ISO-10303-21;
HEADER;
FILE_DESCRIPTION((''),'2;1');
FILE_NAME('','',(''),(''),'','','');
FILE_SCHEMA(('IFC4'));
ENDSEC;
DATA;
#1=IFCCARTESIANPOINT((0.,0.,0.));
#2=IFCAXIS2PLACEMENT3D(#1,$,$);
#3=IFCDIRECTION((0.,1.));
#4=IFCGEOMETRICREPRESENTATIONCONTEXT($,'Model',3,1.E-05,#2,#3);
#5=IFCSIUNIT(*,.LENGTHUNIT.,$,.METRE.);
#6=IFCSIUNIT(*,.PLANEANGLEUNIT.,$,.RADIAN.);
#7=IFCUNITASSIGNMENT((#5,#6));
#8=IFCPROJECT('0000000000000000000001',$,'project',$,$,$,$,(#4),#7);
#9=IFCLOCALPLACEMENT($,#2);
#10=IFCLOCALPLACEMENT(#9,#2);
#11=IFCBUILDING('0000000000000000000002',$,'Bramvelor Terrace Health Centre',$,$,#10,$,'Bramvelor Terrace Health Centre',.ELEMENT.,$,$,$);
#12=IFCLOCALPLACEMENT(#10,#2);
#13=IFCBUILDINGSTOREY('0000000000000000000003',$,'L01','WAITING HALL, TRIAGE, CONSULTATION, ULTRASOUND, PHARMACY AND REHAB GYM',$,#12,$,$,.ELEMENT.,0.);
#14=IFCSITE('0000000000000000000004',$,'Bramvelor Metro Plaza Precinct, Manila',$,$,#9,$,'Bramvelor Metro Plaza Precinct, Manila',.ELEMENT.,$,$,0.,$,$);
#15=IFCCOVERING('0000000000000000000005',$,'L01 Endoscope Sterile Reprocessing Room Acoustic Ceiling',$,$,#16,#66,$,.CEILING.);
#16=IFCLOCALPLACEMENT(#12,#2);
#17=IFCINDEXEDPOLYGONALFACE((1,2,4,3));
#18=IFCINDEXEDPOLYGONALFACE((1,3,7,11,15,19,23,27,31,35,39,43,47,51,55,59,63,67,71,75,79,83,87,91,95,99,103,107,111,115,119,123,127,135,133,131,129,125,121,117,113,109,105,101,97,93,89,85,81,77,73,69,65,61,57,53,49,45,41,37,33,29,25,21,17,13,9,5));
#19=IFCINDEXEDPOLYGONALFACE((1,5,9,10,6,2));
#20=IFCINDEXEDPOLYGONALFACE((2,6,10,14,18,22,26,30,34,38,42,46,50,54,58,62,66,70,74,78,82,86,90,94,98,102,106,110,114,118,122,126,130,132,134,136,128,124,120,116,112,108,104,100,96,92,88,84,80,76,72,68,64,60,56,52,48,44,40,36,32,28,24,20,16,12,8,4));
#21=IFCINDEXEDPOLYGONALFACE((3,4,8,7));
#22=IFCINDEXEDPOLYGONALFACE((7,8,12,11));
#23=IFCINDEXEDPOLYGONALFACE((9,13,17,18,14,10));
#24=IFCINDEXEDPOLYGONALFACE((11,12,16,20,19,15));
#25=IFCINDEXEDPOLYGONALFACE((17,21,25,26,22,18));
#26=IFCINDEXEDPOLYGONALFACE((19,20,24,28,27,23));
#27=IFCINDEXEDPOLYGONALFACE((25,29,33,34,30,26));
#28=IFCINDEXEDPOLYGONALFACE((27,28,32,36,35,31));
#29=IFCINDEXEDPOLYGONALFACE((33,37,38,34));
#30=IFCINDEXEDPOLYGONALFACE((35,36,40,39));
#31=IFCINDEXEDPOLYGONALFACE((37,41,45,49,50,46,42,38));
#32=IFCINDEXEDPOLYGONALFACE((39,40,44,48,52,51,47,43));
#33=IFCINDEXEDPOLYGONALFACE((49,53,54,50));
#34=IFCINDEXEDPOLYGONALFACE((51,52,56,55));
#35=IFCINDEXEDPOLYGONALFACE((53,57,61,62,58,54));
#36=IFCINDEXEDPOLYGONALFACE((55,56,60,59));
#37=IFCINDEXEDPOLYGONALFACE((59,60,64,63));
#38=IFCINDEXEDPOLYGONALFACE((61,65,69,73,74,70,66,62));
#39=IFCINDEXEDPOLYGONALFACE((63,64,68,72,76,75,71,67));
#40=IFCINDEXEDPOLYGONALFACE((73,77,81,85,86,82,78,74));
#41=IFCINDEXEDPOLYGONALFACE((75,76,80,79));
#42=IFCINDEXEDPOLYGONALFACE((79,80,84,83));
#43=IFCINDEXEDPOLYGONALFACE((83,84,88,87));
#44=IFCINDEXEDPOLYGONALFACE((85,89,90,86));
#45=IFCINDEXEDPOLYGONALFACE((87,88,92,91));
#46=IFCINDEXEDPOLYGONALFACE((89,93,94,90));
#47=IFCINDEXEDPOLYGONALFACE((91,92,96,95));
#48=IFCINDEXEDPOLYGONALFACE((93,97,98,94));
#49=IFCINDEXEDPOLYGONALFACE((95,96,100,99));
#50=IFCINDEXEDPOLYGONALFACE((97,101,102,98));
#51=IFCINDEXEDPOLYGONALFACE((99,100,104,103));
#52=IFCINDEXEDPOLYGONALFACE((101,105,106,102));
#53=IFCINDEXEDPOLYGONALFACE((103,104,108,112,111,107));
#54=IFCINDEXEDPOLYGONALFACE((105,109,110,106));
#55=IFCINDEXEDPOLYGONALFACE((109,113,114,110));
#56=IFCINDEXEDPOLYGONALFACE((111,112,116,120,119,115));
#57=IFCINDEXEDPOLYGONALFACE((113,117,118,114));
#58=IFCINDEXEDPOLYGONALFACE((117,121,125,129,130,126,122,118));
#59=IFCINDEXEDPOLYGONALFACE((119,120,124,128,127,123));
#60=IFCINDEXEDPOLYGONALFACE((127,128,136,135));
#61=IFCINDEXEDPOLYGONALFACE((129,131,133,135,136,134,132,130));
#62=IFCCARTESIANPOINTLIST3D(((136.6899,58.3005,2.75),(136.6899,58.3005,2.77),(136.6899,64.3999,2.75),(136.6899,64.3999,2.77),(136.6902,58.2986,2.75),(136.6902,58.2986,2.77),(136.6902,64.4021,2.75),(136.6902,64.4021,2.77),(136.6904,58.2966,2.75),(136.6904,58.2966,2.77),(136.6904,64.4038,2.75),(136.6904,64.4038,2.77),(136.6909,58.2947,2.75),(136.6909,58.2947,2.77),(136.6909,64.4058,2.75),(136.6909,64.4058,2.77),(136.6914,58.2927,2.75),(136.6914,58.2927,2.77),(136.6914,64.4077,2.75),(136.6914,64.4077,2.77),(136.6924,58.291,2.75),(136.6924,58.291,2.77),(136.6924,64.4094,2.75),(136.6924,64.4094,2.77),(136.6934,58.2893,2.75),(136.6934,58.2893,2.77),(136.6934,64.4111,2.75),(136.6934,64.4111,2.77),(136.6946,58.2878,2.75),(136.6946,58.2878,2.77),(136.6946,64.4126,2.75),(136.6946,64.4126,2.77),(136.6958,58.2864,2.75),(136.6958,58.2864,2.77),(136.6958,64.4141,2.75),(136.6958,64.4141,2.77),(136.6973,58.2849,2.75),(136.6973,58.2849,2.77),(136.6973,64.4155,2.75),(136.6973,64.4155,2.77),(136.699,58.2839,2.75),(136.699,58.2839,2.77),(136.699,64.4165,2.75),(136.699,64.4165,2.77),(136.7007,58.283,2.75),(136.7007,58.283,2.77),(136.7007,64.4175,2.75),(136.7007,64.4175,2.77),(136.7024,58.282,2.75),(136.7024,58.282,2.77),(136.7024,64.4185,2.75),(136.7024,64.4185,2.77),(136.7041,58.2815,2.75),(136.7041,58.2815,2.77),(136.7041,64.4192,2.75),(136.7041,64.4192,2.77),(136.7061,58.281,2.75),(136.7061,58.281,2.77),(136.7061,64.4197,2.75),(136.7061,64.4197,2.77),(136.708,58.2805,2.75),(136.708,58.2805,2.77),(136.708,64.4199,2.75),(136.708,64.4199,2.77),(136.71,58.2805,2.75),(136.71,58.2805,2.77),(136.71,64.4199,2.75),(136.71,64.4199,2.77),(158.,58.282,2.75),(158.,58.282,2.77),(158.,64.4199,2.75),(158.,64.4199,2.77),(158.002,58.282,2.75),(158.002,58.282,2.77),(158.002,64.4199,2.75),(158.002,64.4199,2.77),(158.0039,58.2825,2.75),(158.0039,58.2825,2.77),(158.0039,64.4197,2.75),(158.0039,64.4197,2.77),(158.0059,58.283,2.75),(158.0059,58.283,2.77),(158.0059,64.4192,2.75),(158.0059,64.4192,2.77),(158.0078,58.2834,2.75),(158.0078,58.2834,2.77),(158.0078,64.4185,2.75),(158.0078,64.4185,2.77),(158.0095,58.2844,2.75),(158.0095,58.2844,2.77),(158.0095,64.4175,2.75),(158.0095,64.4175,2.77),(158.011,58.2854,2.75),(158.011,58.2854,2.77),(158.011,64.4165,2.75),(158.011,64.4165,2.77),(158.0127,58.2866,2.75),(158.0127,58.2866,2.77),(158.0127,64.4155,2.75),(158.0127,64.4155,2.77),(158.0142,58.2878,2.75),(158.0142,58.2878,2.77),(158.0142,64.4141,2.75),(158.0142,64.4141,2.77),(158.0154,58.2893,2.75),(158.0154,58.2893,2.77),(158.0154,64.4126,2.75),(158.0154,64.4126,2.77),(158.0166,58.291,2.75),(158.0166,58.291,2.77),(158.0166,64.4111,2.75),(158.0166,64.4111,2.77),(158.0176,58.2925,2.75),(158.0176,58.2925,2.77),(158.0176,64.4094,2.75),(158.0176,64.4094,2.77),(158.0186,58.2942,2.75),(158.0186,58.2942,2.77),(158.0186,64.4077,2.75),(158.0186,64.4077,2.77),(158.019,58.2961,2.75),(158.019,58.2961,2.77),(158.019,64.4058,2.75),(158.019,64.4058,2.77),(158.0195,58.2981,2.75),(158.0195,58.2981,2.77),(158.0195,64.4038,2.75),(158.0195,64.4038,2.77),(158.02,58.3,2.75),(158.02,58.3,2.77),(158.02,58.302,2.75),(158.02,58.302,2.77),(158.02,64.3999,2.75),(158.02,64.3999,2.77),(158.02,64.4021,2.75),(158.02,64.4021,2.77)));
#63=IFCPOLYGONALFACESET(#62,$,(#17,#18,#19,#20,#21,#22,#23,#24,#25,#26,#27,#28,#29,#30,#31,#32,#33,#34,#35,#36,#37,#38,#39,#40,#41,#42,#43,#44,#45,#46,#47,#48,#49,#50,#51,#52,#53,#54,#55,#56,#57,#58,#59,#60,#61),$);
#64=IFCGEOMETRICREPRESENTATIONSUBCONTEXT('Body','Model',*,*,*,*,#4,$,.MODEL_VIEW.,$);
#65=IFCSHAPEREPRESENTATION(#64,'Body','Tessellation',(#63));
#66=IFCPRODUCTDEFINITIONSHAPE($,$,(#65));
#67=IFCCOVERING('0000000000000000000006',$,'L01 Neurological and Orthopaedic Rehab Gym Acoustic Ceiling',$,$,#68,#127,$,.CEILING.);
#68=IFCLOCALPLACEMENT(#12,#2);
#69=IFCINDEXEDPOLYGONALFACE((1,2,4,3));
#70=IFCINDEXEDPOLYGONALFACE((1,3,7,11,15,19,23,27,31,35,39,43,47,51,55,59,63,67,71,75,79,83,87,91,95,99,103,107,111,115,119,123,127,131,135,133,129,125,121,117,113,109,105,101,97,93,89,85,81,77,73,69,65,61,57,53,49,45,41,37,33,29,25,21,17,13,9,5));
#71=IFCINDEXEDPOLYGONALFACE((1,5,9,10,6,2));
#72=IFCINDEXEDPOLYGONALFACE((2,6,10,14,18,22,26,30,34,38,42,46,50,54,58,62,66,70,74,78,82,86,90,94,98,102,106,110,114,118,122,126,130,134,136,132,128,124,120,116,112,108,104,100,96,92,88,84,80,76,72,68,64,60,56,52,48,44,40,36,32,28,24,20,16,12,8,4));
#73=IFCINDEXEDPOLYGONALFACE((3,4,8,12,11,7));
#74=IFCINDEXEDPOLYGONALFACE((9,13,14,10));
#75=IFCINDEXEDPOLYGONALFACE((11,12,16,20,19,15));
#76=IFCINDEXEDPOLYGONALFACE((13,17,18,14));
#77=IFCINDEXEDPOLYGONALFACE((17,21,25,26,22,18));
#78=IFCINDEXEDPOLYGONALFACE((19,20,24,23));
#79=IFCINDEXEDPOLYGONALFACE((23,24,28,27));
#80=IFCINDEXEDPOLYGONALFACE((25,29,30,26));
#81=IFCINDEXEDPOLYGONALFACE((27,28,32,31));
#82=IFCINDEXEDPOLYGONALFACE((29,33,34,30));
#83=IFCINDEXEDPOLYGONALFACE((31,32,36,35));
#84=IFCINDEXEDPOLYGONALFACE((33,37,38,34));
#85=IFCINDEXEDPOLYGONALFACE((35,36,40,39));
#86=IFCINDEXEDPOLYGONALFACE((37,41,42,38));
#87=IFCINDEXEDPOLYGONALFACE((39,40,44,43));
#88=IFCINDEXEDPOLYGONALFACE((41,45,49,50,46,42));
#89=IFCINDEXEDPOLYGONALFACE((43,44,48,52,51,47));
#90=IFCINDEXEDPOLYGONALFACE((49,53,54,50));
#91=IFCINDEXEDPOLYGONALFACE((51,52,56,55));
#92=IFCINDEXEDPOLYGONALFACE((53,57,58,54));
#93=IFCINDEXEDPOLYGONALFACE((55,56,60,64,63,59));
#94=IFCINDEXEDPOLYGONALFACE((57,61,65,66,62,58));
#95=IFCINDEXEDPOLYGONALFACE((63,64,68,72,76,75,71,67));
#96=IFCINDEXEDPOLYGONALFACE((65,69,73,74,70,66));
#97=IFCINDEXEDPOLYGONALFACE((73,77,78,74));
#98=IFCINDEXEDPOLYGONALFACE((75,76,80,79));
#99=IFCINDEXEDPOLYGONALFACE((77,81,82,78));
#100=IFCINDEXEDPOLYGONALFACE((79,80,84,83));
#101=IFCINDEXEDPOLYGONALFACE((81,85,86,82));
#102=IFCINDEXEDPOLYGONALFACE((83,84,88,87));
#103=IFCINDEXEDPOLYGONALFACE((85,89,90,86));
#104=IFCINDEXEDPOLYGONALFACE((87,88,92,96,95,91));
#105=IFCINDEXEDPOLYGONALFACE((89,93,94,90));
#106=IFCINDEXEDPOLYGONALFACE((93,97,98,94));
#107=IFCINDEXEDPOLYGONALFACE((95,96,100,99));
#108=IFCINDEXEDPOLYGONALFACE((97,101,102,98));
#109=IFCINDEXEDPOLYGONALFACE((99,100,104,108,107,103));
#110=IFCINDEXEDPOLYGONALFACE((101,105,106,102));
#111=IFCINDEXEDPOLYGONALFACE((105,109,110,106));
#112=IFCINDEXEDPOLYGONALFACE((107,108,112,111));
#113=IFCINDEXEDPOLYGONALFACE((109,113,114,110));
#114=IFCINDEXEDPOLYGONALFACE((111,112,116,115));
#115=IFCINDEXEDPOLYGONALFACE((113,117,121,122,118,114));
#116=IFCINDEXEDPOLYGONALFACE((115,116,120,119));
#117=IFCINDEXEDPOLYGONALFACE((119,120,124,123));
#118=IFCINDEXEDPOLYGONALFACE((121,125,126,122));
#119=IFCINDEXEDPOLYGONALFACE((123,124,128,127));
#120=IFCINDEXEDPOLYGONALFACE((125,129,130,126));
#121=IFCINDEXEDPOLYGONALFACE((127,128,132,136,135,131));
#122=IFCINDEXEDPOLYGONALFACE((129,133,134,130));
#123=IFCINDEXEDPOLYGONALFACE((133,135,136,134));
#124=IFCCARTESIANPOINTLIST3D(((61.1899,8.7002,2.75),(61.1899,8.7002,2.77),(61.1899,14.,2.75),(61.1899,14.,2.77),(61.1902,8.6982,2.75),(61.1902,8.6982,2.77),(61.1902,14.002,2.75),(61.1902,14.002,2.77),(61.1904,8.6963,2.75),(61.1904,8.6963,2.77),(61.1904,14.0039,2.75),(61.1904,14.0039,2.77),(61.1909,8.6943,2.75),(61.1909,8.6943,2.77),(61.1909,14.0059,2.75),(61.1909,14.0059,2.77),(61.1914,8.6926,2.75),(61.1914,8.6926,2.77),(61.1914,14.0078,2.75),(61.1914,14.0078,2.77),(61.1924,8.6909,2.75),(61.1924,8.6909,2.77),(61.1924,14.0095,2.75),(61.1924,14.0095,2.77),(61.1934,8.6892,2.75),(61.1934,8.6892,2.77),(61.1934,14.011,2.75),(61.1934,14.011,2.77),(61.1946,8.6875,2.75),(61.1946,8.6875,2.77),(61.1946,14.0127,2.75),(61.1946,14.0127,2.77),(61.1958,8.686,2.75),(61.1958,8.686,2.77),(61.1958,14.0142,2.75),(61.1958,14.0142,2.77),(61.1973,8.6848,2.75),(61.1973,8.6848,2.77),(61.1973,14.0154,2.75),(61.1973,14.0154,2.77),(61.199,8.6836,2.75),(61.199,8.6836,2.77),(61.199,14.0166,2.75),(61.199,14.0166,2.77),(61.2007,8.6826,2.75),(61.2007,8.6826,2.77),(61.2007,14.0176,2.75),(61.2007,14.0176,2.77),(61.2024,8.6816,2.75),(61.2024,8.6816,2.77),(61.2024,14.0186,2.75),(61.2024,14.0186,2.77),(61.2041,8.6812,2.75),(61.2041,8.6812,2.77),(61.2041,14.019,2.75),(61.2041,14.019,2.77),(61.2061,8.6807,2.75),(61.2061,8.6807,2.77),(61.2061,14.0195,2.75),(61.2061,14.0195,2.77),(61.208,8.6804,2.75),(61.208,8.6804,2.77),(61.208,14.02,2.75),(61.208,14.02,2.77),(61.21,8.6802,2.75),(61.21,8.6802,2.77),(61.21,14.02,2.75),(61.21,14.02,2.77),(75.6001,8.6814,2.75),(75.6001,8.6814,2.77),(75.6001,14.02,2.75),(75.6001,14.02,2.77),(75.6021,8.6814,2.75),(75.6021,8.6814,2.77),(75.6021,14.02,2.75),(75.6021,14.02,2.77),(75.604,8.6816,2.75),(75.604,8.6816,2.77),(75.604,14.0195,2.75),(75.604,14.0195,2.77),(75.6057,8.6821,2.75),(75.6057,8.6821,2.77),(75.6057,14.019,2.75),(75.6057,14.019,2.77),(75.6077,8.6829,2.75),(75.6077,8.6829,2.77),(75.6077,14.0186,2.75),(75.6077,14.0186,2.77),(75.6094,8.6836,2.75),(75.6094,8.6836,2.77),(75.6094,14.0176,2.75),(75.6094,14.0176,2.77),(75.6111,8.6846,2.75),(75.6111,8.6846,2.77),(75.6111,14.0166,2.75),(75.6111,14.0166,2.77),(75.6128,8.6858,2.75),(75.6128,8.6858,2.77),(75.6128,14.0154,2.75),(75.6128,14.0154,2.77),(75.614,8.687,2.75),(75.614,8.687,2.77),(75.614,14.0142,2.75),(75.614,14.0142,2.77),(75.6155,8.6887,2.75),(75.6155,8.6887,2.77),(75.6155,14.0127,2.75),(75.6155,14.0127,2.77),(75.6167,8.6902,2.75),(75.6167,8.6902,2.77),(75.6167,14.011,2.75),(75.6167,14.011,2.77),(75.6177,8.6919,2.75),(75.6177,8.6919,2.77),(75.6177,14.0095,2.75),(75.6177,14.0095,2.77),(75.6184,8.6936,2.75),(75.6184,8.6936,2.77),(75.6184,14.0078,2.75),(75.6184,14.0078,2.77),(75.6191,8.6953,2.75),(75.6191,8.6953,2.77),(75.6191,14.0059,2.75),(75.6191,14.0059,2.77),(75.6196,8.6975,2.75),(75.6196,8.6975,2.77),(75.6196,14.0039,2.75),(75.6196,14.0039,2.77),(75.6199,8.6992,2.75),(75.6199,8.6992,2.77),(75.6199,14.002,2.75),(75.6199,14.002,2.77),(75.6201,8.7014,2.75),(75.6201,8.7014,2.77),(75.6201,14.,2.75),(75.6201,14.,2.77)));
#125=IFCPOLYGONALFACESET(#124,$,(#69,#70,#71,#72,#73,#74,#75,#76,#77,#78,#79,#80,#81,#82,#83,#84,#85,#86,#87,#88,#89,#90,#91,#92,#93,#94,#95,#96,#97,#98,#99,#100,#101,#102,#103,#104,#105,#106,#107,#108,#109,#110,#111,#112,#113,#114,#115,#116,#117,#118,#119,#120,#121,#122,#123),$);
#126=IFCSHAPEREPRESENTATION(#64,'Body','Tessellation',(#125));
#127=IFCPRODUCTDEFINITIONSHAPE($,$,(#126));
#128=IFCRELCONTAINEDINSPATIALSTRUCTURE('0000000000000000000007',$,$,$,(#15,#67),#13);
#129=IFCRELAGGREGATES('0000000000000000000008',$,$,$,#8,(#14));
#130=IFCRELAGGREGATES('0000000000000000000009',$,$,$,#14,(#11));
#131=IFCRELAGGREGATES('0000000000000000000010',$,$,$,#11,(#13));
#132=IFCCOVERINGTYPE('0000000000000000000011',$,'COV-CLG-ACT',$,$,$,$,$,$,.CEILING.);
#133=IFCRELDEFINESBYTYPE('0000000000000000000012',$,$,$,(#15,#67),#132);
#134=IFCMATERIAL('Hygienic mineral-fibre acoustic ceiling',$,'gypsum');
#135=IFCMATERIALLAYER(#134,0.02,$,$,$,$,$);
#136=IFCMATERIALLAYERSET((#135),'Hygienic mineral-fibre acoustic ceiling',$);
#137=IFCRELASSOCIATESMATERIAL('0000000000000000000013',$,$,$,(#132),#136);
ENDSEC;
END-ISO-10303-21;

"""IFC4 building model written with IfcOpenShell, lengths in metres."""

from ifc_helpers import new_model, si_unit, direction, frame, origin, place, context, subcontext, project, spatial, polyline, outline, extrude, material, layer, layer_set, type_object, element, save


model = new_model("IFC4")

# Units and contexts
model_context = context("Model", 3, precision=1e-05, world=origin(), true_north=direction((0.0, 1.0)))
body_context = subcontext(model_context, "Body", "Model", "MODEL_VIEW")
ifc_project = project(units=[si_unit("LENGTHUNIT", "METRE"), si_unit("PLANEANGLEUNIT", "RADIAN")], contexts=[model_context])

# Site, building, storey
site_placement = place(None, origin())
site = spatial("IfcSite", under=ifc_project, at=site_placement, Name="Bramvelor Metro Plaza Precinct, Manila", LongName="Bramvelor Metro Plaza Precinct, Manila", CompositionType="ELEMENT", RefElevation=0.0)
building_placement = place(site_placement, origin())
building = spatial("IfcBuilding", under=site, at=building_placement, Name="Bramvelor Terrace Health Centre", LongName="Bramvelor Terrace Health Centre", CompositionType="ELEMENT")
storey_placement = place(building_placement, origin())
storey = spatial("IfcBuildingStorey", under=building, at=storey_placement, Name="L01", Description="WAITING HALL, TRIAGE, CONSULTATION, ULTRASOUND, PHARMACY AND REHAB GYM", CompositionType="ELEMENT", Elevation=0.0)

# Coverings
ifc_material_1 = material(Name="Hygienic mineral-fibre acoustic ceiling", Category="gypsum")
ifc_layer_1 = layer(ifc_material_1, 0.02)
ifc_layer_set_1 = layer_set([ifc_layer_1], Name="Hygienic mineral-fibre acoustic ceiling")
covering_type_1 = type_object("IfcCoveringType", Name="COV-CLG-ACT", PredefinedType="CEILING", material=ifc_layer_set_1)
covering_1_placement = place(storey_placement, frame((0.0, 0.0, 2.75)))
element("IfcCovering", 1, at=covering_1_placement, inside=storey, type_object=covering_type_1, Name="L01 Endoscope Sterile Reprocessing Room Acoustic Ceiling", PredefinedType="CEILING", context=body_context, shape_type="SweptSolid", body=[
    extrude(outline(polyline([(136.6899, 64.3999), (136.6902, 64.4021), (136.6904, 64.4038), (136.6909, 64.4058), (136.6914, 64.4077), (136.6924, 64.4094), (136.6934, 64.4111), (136.6946, 64.4126), (136.6958, 64.4141), (136.6973, 64.4155), (136.699, 64.4165), (136.7007, 64.4175), (136.7024, 64.4185), (136.7041, 64.4192), (136.7061, 64.4197), (136.708, 64.4199), (136.71, 64.4199), (158.0, 64.4199), (158.002, 64.4199), (158.0039, 64.4197), (158.0059, 64.4192), (158.0078, 64.4185), (158.0095, 64.4175), (158.011, 64.4165), (158.0127, 64.4155), (158.0142, 64.4141), (158.0154, 64.4126), (158.0166, 64.4111), (158.0176, 64.4094), (158.0186, 64.4077), (158.019, 64.4058), (158.0195, 64.4038), (158.02, 64.4021), (158.02, 64.3999), (158.02, 58.302), (158.02, 58.3), (158.0195, 58.2981), (158.019, 58.2961), (158.0186, 58.2942), (158.0176, 58.2925), (158.0166, 58.291), (158.0154, 58.2893), (158.0142, 58.2878), (158.0127, 58.2866), (158.011, 58.2854), (158.0095, 58.2844), (158.0078, 58.2834), (158.0059, 58.283), (158.0039, 58.2825), (158.002, 58.282), (158.0, 58.282), (136.71, 58.2805), (136.708, 58.2805), (136.7061, 58.281), (136.7041, 58.2815), (136.7024, 58.282), (136.7007, 58.283), (136.699, 58.2839), (136.6973, 58.2849), (136.6958, 58.2864), (136.6946, 58.2878), (136.6934, 58.2893), (136.6924, 58.291), (136.6914, 58.2927), (136.6909, 58.2947), (136.6904, 58.2966), (136.6902, 58.2986), (136.6899, 58.3005), (136.6899, 64.3999)])), origin(), (0.0, 0.0, 1.0), 0.02),
])
covering_2_placement = place(storey_placement, frame((0.0, 0.0, 2.75)))
element("IfcCovering", 2, at=covering_2_placement, inside=storey, type_object=covering_type_1, Name="L01 Neurological and Orthopaedic Rehab Gym Acoustic Ceiling", PredefinedType="CEILING", context=body_context, shape_type="SweptSolid", body=[
    extrude(outline(polyline([(61.1899, 14.0), (61.1902, 14.002), (61.1904, 14.0039), (61.1909, 14.0059), (61.1914, 14.0078), (61.1924, 14.0095), (61.1934, 14.011), (61.1946, 14.0127), (61.1958, 14.0142), (61.1973, 14.0154), (61.199, 14.0166), (61.2007, 14.0176), (61.2024, 14.0186), (61.2041, 14.019), (61.2061, 14.0195), (61.208, 14.02), (61.21, 14.02), (75.6001, 14.02), (75.6021, 14.02), (75.604, 14.0195), (75.6057, 14.019), (75.6077, 14.0186), (75.6094, 14.0176), (75.6111, 14.0166), (75.6128, 14.0154), (75.614, 14.0142), (75.6155, 14.0127), (75.6167, 14.011), (75.6177, 14.0095), (75.6184, 14.0078), (75.6191, 14.0059), (75.6196, 14.0039), (75.6199, 14.002), (75.6201, 14.0), (75.6201, 8.7014), (75.6199, 8.6992), (75.6196, 8.6975), (75.6191, 8.6953), (75.6184, 8.6936), (75.6177, 8.6919), (75.6167, 8.6902), (75.6155, 8.6887), (75.614, 8.687), (75.6128, 8.6858), (75.6111, 8.6846), (75.6094, 8.6836), (75.6077, 8.6829), (75.6057, 8.6821), (75.604, 8.6816), (75.6021, 8.6814), (75.6001, 8.6814), (61.21, 8.6802), (61.208, 8.6804), (61.2061, 8.6807), (61.2041, 8.6812), (61.2024, 8.6816), (61.2007, 8.6826), (61.199, 8.6836), (61.1973, 8.6848), (61.1958, 8.686), (61.1946, 8.6875), (61.1934, 8.6892), (61.1924, 8.6909), (61.1914, 8.6926), (61.1909, 8.6943), (61.1904, 8.6963), (61.1902, 8.6982), (61.1899, 8.7002), (61.1899, 14.0)])), origin(), (0.0, 0.0, 1.0), 0.02),
])

save(model, "model.ifc")
